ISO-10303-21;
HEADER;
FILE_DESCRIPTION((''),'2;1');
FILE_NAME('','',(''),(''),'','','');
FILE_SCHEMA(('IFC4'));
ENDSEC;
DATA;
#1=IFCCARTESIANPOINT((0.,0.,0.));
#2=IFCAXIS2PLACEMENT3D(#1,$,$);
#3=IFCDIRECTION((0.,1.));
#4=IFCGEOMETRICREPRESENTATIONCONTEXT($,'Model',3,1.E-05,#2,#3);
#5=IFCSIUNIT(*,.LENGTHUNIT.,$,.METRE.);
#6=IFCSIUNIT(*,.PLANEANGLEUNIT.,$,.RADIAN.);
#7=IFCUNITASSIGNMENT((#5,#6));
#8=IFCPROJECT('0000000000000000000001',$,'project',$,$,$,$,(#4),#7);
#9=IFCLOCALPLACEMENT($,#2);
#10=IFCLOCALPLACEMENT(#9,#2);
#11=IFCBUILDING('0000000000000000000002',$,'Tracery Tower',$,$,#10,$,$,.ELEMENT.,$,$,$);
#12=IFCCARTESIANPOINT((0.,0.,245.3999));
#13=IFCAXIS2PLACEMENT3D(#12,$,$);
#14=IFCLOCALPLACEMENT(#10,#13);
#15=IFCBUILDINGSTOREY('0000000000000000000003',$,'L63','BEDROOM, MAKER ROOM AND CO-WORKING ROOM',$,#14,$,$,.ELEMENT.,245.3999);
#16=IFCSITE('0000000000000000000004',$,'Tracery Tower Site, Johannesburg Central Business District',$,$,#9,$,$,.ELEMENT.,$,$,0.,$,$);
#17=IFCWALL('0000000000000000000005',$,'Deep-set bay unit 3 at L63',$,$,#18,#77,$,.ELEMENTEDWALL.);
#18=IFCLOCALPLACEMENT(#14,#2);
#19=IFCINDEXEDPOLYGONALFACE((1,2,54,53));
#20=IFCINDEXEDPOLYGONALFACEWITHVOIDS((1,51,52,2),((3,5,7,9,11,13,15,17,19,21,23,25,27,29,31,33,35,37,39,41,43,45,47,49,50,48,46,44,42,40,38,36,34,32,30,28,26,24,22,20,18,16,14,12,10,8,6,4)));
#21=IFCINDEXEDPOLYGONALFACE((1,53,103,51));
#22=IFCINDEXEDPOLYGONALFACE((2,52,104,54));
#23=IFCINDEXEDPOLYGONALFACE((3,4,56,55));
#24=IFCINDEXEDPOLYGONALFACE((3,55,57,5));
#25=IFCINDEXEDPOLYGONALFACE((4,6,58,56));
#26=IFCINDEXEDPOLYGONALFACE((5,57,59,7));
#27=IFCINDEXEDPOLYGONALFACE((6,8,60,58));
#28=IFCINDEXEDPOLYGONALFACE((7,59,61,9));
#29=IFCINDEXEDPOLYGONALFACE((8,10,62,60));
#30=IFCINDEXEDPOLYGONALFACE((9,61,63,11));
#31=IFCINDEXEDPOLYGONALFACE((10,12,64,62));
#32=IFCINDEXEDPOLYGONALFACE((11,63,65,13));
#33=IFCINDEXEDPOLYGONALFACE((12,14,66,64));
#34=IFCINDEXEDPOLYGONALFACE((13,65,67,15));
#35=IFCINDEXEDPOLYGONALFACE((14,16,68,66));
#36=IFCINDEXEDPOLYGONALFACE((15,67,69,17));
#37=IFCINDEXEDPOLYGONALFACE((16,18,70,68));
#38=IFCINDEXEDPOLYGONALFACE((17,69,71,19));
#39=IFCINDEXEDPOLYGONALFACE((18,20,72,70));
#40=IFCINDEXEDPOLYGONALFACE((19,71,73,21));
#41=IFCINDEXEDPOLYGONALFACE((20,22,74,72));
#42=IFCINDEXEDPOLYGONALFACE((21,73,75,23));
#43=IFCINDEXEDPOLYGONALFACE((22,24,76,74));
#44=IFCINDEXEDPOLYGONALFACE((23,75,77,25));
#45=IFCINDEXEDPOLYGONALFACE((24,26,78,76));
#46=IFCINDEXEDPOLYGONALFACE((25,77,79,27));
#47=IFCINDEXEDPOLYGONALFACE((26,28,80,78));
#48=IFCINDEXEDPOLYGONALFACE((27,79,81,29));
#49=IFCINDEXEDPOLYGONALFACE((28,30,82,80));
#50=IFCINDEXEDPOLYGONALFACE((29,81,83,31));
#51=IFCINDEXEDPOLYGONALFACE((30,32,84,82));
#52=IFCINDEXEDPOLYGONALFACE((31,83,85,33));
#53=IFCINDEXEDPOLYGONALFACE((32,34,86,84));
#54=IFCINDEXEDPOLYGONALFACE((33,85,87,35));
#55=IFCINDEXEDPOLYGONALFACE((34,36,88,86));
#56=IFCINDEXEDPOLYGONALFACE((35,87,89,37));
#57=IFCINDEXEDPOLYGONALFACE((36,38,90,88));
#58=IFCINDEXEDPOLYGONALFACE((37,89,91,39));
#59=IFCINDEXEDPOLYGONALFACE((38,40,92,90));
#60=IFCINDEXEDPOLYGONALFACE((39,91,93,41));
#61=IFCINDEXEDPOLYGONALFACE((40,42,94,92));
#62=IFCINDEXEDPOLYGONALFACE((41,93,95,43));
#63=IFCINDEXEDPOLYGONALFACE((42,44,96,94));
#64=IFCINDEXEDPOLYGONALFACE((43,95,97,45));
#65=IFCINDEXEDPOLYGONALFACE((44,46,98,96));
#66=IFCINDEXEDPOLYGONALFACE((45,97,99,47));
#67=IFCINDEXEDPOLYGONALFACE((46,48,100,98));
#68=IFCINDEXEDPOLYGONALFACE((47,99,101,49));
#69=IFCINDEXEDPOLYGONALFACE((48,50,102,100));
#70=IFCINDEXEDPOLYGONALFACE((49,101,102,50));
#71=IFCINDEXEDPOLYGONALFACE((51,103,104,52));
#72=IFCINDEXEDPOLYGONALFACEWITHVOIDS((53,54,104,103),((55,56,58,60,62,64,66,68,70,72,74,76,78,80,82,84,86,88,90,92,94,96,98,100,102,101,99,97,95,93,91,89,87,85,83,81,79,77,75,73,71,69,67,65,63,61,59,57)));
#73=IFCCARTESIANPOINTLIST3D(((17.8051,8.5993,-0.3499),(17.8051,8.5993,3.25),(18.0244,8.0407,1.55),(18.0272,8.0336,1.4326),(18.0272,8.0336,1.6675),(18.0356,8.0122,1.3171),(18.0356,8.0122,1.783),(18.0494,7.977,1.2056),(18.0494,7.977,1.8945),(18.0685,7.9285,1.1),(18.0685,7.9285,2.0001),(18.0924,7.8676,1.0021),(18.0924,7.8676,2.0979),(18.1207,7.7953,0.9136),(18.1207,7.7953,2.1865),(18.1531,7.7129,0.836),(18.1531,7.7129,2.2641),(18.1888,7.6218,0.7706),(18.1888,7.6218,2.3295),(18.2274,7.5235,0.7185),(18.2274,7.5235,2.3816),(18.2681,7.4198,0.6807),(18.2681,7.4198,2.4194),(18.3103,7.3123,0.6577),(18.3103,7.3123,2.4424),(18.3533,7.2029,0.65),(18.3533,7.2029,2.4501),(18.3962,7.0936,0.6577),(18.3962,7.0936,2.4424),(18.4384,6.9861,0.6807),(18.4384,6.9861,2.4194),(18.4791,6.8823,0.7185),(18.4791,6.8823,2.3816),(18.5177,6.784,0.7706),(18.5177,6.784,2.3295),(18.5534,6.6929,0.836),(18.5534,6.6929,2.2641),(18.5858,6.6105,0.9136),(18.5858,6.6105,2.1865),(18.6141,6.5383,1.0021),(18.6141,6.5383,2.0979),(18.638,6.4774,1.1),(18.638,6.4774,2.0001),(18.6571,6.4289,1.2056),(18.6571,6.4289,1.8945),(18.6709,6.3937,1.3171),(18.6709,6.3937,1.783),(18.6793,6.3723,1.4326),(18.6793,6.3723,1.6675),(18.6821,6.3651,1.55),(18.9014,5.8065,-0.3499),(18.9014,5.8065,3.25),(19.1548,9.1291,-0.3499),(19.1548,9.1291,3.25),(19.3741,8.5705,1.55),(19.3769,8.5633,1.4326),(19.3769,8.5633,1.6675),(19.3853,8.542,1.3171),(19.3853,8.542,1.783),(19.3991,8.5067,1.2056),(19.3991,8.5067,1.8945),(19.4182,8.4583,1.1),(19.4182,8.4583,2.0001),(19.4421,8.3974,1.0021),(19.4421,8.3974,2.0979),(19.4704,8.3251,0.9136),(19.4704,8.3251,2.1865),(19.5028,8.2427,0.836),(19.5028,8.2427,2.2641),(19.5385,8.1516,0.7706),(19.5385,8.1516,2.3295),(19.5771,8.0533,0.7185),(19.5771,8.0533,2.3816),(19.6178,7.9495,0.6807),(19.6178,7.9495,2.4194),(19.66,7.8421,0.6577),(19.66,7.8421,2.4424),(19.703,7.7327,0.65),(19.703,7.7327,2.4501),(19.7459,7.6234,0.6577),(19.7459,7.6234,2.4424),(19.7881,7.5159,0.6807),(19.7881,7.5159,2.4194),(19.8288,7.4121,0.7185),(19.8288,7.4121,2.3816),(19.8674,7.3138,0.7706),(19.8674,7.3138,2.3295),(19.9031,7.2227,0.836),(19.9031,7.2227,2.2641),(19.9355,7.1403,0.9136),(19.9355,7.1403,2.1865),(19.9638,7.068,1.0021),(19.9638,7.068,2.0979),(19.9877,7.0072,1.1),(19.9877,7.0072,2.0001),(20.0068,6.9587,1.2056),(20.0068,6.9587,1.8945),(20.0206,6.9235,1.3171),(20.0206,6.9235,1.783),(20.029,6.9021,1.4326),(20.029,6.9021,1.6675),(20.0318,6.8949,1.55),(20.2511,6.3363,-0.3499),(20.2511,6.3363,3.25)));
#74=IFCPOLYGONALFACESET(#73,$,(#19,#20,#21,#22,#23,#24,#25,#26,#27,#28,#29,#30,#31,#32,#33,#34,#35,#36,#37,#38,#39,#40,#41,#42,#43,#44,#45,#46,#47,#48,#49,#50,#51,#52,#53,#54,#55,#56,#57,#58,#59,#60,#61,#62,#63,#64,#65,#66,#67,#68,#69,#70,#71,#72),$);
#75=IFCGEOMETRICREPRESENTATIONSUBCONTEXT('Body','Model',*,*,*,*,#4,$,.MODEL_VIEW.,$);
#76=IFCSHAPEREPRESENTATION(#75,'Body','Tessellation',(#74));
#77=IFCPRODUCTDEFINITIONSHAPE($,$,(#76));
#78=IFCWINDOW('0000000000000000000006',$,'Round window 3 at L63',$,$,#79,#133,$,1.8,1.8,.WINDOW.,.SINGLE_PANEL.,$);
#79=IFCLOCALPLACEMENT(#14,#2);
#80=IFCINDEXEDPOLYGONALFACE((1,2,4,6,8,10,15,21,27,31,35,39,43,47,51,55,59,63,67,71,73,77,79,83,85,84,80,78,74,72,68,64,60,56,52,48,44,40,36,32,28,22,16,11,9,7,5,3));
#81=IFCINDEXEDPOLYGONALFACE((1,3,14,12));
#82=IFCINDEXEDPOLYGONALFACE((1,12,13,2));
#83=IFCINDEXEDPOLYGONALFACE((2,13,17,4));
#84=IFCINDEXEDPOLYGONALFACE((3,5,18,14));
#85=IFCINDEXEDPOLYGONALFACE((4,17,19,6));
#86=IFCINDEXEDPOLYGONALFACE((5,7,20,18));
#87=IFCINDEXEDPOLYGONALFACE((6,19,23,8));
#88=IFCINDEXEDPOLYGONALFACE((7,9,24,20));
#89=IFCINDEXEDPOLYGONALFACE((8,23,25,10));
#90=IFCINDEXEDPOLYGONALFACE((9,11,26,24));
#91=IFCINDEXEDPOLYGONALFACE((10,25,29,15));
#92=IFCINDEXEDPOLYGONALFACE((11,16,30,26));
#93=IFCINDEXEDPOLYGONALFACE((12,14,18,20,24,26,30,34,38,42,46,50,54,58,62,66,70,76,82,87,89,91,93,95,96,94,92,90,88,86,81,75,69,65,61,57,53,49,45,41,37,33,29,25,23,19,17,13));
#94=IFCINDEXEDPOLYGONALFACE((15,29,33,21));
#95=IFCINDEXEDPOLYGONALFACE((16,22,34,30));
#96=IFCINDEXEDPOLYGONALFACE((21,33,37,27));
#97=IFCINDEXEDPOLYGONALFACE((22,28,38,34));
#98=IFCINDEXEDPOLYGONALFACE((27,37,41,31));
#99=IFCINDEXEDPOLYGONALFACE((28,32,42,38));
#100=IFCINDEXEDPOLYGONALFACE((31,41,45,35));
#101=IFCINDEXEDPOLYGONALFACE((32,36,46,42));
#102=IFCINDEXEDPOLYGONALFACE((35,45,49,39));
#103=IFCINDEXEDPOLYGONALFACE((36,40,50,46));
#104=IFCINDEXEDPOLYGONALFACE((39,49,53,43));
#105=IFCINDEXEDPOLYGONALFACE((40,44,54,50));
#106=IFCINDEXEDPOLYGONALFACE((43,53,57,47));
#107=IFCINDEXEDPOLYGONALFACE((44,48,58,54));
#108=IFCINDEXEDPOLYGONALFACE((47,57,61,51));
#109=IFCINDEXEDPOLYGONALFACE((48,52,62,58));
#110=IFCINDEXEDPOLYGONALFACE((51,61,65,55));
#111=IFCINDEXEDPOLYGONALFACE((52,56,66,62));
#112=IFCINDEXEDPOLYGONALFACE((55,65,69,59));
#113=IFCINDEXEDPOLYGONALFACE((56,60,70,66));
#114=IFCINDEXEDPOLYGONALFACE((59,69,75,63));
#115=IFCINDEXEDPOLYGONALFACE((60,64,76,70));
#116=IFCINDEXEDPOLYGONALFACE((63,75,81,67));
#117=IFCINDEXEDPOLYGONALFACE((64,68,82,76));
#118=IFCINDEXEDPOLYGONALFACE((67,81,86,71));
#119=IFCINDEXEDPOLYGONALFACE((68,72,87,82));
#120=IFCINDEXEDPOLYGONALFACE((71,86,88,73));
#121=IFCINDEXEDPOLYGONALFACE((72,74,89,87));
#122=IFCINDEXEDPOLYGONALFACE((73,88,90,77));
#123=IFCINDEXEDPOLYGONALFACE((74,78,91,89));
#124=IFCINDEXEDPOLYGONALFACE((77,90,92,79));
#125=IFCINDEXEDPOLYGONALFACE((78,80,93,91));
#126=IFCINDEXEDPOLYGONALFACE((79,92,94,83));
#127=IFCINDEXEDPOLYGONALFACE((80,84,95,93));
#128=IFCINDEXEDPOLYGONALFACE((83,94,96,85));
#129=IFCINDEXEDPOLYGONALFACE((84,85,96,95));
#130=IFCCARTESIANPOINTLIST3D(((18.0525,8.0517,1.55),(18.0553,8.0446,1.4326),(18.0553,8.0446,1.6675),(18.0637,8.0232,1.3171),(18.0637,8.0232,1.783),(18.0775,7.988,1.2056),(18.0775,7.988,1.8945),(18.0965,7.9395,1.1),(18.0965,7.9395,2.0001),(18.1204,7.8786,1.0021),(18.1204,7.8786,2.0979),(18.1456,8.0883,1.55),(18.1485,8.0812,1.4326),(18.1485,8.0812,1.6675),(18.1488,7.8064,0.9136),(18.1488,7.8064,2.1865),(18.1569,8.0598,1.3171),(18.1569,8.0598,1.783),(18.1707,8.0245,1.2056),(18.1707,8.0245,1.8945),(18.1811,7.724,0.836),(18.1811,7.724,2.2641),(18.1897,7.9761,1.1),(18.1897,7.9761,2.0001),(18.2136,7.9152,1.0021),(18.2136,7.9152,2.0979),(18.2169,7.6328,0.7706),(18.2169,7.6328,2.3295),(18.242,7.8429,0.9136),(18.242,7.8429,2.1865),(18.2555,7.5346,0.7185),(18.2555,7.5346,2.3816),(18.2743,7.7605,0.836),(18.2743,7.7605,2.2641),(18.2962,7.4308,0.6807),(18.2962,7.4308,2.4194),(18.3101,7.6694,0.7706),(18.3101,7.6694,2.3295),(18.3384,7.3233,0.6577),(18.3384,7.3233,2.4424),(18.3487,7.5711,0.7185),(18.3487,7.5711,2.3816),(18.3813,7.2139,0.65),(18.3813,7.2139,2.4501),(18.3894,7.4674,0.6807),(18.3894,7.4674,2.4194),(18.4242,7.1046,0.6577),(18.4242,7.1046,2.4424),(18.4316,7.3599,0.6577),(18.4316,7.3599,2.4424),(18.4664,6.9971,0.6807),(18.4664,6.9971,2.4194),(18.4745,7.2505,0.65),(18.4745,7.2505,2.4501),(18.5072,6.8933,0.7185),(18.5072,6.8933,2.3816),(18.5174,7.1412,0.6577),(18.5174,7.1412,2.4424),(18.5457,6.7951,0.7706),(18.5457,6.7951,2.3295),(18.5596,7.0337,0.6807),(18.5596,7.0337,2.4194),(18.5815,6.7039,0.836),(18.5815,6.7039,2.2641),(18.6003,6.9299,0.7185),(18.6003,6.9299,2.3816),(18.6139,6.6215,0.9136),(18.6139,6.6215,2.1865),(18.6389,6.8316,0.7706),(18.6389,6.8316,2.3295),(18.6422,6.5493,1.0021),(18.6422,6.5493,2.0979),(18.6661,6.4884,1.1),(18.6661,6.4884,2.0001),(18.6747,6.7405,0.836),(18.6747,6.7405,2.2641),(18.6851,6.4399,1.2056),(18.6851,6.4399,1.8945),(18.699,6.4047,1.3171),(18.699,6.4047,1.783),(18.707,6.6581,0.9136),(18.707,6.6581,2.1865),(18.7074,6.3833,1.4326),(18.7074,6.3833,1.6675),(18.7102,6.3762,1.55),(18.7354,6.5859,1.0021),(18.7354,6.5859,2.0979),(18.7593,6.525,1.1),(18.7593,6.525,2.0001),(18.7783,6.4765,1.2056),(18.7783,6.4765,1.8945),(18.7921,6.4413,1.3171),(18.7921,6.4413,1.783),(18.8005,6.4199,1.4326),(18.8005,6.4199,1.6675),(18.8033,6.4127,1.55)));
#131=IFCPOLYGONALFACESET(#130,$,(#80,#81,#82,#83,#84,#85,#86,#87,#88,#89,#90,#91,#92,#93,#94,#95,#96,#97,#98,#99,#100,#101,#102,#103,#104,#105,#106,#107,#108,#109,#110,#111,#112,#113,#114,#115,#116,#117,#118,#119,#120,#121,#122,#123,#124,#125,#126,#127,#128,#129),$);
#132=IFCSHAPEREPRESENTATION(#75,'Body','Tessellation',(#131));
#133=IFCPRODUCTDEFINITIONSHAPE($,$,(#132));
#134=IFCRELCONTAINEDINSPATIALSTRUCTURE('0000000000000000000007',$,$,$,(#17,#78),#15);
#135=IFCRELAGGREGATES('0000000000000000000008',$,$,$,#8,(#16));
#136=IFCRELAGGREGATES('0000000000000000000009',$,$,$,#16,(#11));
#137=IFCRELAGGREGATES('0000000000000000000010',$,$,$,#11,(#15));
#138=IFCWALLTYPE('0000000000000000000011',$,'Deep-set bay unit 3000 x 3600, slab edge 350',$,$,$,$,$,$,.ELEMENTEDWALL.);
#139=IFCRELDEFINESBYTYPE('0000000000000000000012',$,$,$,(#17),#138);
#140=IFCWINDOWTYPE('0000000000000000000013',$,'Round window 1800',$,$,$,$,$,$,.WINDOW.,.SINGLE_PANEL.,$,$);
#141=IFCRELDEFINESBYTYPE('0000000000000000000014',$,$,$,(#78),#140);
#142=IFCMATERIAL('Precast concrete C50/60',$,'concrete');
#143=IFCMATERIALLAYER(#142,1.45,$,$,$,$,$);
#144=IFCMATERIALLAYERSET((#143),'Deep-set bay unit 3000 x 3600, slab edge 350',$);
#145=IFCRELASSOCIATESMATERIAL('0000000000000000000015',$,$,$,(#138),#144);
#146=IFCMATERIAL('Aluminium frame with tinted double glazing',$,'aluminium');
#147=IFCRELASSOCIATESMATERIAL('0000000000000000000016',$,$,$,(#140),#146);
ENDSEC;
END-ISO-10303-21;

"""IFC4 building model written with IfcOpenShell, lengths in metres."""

from ifc_helpers import new_model, si_unit, direction, frame, frame_2d, origin, origin_2d, place, context, subcontext, project, spatial, rectangle, circle, extrude, material, layer, layer_set, type_object, element, fill, save


model = new_model("IFC4")

# Units and contexts
model_context = context("Model", 3, precision=1e-05, world=origin(), true_north=direction((0.0, 1.0)))
body_context = subcontext(model_context, "Body", "Model", "MODEL_VIEW")
ifc_project = project(units=[si_unit("LENGTHUNIT", "METRE"), si_unit("PLANEANGLEUNIT", "RADIAN")], contexts=[model_context])

# Site, building, storey
site_placement = place(None, origin())
site = spatial("IfcSite", under=ifc_project, at=site_placement, Name="Tracery Tower Site, Johannesburg Central Business District", CompositionType="ELEMENT", RefElevation=0.0)
building_placement = place(site_placement, origin())
building = spatial("IfcBuilding", under=site, at=building_placement, Name="Tracery Tower", CompositionType="ELEMENT")
storey_placement = place(building_placement, frame((0.0, 0.0, 245.3999)))
storey = spatial("IfcBuildingStorey", under=building, at=storey_placement, Name="L63", Description="BEDROOM, MAKER ROOM AND CO-WORKING ROOM", CompositionType="ELEMENT", Elevation=245.3999)

# Wall, opening, window
ifc_material_1 = material(Name="Precast concrete C50/60", Category="concrete")
ifc_layer_1 = layer(ifc_material_1, 1.45)
ifc_layer_set_1 = layer_set([ifc_layer_1], Name="Deep-set bay unit 3000 x 3600, slab edge 350")
wall_type_1 = type_object("IfcWallType", Name="Deep-set bay unit 3000 x 3600, slab edge 350", PredefinedType="ELEMENTEDWALL", material=ifc_layer_set_1)
wall_1_placement = place(storey_placement, frame((19.5762, 6.0715, -0.3499), z_axis=(0.0, 0.0, 1.0), x_axis=(-0.365378, 0.930859, 0.0)))
wall_1 = element("IfcWall", 1, at=wall_1_placement, inside=storey, type_object=wall_type_1, Name="Deep-set bay unit 3 at L63", PredefinedType="ELEMENTEDWALL", context=body_context, shape_type="SweptSolid", body=[
    extrude(rectangle(XDim=3.0002, YDim=1.45, at=frame_2d((1.5, 0.0))), origin(), (0.0, 0.0, 1.0), 3.5999),
])
opening_1_placement = place(wall_1_placement, frame((1.5, 0.0, 1.8999)))
opening_1 = element("IfcOpeningElement", 2, at=opening_1_placement, cuts=wall_1, PredefinedType="OPENING", context=body_context, shape_type="SweptSolid", body=[
    extrude(circle(Radius=0.9, at=origin_2d()), frame((0.0, 0.7349, 0.0), z_axis=(0.0, -1.0, 0.0), x_axis=(1.0, 0.0, 0.0)), (0.0, 0.0, 1.0), 1.47),
])
ifc_material_2 = material(Name="Aluminium frame with tinted double glazing", Category="aluminium")
window_type = type_object("IfcWindowType", Name="Round window 1800", PartitioningType="SINGLE_PANEL", PredefinedType="WINDOW", material=ifc_material_2)
window_1_placement = place(opening_1_placement, origin())
window_1 = element("IfcWindow", 3, at=window_1_placement, inside=storey, type_object=window_type, Name="Round window 3 at L63", OverallHeight=1.8, OverallWidth=1.8, PartitioningType="SINGLE_PANEL", PredefinedType="WINDOW", context=body_context, shape_type="SweptSolid", body=[
    extrude(circle(Radius=0.9, at=origin_2d()), frame((0.0, 0.6948, 0.0), z_axis=(0.0, -1.0, 0.0), x_axis=(1.0, 0.0, 0.0)), (0.0, 0.0, 1.0), 0.1001),
])
fill(opening_1, window_1)

save(model, "model.ifc")
